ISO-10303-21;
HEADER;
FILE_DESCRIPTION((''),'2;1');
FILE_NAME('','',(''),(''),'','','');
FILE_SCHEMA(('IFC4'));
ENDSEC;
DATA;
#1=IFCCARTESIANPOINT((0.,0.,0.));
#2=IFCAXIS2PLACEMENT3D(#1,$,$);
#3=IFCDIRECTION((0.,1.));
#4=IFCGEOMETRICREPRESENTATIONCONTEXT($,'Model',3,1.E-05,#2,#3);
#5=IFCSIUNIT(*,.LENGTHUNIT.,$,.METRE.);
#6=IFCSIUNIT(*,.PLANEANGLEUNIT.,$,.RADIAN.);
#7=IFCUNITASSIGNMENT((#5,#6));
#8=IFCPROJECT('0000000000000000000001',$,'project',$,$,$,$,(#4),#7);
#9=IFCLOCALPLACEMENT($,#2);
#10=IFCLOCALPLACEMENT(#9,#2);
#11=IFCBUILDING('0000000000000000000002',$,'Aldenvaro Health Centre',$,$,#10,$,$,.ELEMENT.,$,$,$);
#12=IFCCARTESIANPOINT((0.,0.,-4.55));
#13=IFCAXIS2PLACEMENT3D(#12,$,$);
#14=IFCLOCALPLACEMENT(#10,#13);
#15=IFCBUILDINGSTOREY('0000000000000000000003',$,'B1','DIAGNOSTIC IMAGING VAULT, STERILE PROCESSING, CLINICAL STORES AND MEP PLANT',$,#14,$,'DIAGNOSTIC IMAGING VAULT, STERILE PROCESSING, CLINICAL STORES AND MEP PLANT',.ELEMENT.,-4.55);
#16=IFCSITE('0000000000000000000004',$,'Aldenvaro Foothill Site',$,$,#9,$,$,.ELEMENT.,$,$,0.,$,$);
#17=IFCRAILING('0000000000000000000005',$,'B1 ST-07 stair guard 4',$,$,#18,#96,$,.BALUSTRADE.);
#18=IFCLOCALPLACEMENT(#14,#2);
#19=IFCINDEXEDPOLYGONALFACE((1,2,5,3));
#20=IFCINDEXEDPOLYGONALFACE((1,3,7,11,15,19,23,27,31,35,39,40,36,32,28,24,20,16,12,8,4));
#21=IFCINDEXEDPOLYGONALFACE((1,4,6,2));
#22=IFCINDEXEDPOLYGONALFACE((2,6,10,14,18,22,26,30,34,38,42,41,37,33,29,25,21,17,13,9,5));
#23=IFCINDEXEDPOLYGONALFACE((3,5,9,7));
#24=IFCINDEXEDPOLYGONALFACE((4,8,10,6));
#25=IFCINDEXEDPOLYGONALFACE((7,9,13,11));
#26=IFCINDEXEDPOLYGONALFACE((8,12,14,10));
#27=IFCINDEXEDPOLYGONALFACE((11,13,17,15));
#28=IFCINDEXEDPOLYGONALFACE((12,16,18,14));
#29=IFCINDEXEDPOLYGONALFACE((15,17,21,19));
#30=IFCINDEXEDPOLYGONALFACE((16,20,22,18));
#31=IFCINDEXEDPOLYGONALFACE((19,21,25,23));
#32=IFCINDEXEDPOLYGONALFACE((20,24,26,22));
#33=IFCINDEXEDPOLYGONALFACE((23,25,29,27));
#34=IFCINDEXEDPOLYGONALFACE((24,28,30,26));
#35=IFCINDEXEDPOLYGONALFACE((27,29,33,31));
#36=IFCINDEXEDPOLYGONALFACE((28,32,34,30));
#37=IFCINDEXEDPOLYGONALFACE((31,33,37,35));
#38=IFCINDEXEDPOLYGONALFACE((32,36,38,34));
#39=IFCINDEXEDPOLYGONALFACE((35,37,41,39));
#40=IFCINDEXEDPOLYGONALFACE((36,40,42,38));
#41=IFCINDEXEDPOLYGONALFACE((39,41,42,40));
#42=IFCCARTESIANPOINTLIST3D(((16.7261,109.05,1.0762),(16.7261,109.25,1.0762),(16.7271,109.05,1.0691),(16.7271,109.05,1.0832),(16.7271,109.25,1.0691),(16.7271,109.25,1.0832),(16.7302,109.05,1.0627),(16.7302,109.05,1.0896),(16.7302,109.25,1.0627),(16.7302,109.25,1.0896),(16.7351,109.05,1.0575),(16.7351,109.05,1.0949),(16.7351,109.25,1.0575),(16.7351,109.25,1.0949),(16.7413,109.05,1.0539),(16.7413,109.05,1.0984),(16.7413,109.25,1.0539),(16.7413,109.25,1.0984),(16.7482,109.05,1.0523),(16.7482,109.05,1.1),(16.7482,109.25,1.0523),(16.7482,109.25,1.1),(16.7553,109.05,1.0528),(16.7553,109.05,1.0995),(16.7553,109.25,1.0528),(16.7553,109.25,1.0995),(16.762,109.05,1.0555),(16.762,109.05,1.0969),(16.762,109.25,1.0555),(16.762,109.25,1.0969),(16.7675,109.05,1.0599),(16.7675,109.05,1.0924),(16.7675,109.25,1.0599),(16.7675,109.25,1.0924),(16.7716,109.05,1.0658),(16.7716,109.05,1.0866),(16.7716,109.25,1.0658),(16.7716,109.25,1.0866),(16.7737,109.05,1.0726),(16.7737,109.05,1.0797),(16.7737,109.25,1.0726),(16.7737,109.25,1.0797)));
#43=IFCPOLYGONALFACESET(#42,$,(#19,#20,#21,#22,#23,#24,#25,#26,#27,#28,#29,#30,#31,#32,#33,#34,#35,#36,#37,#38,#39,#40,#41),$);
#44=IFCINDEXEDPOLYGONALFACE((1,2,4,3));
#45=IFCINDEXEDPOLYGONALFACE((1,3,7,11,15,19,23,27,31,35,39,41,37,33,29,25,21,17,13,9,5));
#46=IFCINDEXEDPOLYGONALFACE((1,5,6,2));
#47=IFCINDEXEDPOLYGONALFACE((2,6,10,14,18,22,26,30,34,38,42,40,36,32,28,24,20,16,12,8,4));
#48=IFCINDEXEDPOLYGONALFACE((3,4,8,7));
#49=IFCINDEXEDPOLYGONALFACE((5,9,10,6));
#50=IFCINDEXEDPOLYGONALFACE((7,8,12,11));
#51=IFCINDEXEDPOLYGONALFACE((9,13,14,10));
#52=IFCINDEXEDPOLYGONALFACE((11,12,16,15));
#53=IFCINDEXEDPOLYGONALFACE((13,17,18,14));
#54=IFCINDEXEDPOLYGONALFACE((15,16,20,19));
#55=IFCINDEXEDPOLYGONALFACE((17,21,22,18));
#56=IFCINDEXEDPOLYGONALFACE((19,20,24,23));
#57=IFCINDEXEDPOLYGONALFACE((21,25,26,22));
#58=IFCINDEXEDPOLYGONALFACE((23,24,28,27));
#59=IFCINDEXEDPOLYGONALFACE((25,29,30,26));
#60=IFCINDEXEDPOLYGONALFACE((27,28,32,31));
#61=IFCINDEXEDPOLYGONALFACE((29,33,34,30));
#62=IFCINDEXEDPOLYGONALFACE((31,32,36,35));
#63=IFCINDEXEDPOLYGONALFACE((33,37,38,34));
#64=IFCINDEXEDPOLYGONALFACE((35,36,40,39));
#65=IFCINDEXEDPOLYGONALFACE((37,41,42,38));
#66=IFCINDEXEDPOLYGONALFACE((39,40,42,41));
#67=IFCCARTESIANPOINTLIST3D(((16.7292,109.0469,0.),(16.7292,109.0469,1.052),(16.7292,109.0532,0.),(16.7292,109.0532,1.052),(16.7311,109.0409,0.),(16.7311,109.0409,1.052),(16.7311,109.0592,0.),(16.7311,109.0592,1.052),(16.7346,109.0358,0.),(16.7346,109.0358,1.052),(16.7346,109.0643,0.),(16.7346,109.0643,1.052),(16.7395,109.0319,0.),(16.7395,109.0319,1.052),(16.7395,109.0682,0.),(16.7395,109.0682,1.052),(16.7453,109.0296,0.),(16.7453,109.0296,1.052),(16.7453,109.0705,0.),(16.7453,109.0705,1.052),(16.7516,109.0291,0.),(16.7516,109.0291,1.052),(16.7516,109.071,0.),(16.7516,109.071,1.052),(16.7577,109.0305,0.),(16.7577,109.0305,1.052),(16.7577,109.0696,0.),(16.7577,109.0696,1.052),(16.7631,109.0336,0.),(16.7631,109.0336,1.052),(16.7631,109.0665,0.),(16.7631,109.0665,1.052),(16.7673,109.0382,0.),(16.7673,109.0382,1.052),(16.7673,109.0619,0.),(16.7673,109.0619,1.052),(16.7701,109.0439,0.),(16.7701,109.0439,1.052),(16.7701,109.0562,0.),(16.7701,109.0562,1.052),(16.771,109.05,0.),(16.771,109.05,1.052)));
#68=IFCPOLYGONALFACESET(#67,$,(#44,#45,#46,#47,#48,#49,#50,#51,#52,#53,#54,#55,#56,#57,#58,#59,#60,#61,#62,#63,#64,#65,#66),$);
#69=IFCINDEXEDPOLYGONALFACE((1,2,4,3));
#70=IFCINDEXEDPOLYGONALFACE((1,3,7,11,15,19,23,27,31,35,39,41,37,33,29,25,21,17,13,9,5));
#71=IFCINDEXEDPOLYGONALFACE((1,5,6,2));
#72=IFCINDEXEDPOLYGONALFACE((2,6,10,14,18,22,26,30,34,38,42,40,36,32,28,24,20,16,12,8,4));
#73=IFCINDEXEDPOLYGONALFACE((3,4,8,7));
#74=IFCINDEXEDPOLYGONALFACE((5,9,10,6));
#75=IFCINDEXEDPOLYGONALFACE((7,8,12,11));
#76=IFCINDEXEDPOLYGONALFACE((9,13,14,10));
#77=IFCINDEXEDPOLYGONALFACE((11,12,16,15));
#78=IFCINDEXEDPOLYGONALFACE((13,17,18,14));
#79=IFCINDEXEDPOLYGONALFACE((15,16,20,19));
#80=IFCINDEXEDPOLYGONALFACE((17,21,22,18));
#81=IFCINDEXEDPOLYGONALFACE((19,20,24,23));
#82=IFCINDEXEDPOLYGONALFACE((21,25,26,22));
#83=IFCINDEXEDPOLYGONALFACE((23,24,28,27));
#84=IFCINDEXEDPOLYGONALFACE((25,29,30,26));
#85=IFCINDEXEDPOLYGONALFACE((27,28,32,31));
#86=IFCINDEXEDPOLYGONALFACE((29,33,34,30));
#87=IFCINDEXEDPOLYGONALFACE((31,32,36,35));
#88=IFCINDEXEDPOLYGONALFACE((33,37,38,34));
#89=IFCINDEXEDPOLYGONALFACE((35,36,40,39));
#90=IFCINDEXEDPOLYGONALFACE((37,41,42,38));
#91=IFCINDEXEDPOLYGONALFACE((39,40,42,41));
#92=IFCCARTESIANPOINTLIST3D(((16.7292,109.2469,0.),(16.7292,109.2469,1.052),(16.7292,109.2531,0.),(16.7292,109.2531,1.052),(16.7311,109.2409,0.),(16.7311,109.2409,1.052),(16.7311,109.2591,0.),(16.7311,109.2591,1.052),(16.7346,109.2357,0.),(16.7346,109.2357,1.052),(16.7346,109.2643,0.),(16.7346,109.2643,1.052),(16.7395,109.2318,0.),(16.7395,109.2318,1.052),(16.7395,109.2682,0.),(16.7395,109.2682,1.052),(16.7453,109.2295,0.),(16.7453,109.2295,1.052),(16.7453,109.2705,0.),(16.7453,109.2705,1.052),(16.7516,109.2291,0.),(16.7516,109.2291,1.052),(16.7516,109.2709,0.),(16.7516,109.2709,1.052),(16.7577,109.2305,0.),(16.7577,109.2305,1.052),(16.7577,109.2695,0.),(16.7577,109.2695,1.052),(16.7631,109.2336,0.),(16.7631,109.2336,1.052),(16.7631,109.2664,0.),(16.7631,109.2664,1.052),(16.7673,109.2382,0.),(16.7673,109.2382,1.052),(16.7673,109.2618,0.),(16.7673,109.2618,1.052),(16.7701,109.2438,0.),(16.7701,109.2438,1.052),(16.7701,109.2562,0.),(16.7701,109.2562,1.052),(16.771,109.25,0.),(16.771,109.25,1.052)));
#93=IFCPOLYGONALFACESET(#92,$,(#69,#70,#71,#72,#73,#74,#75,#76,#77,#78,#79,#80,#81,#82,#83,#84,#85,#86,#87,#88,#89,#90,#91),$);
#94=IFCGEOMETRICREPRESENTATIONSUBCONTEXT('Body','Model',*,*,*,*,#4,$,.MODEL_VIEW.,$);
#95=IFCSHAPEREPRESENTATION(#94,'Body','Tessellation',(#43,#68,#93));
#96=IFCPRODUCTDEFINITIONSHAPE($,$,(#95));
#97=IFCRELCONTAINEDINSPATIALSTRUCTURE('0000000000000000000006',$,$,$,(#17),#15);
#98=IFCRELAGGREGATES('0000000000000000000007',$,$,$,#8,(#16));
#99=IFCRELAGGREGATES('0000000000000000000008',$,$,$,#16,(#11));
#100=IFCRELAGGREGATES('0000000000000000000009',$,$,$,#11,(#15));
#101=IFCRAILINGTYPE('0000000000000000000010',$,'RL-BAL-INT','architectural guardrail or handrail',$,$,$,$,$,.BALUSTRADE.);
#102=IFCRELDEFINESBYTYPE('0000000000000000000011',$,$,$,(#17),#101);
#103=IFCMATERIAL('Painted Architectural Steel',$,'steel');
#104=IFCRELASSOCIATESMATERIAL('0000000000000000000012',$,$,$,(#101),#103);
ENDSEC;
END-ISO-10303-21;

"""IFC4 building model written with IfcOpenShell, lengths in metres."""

from ifc_helpers import new_model, si_unit, direction, frame, origin, origin_2d, place, context, subcontext, project, spatial, circle, extrude, material, type_object, element, save


model = new_model("IFC4")

# Units and contexts
model_context = context("Model", 3, precision=1e-05, world=origin(), true_north=direction((0.0, 1.0)))
body_context = subcontext(model_context, "Body", "Model", "MODEL_VIEW")
ifc_project = project(units=[si_unit("LENGTHUNIT", "METRE"), si_unit("PLANEANGLEUNIT", "RADIAN")], contexts=[model_context])

# Site, building, storey
site_placement = place(None, origin())
site = spatial("IfcSite", under=ifc_project, at=site_placement, Name="Aldenvaro Foothill Site", CompositionType="ELEMENT", RefElevation=0.0)
building_placement = place(site_placement, origin())
building = spatial("IfcBuilding", under=site, at=building_placement, Name="Aldenvaro Health Centre", CompositionType="ELEMENT")
storey_placement = place(building_placement, frame((0.0, 0.0, -4.55)))
storey = spatial("IfcBuildingStorey", under=building, at=storey_placement, Name="B1", Description="DIAGNOSTIC IMAGING VAULT, STERILE PROCESSING, CLINICAL STORES AND MEP PLANT", LongName="DIAGNOSTIC IMAGING VAULT, STERILE PROCESSING, CLINICAL STORES AND MEP PLANT", CompositionType="ELEMENT", Elevation=-4.55)

# Railing
ifc_material_1 = material(Name="Painted Architectural Steel", Category="steel")
railing_type_1 = type_object("IfcRailingType", Name="RL-BAL-INT", Description="architectural guardrail or handrail", PredefinedType="BALUSTRADE", material=ifc_material_1)
railing_1_placement = place(storey_placement, frame((16.75, 109.05, 0.0)))
element("IfcRailing", 1, at=railing_1_placement, inside=storey, type_object=railing_type_1, Name="B1 ST-07 stair guard 4", PredefinedType="BALUSTRADE", context=body_context, shape_type="SweptSolid", body=[
    extrude(circle(Radius=0.0239, at=origin_2d()), frame((0.0, 0.0, 1.0762), z_axis=(0.0, 1.0, 0.0), x_axis=(-1.0, 0.0, 0.0)), (0.0, 0.0, 1.0), 0.2),
    extrude(circle(Radius=0.021, at=origin_2d()), origin(), (0.0, 0.0, 1.0), 1.052),
    extrude(circle(Radius=0.021, at=origin_2d()), frame((0.0, 0.2, 0.0)), (0.0, 0.0, 1.0), 1.052),
])

save(model, "model.ifc")
